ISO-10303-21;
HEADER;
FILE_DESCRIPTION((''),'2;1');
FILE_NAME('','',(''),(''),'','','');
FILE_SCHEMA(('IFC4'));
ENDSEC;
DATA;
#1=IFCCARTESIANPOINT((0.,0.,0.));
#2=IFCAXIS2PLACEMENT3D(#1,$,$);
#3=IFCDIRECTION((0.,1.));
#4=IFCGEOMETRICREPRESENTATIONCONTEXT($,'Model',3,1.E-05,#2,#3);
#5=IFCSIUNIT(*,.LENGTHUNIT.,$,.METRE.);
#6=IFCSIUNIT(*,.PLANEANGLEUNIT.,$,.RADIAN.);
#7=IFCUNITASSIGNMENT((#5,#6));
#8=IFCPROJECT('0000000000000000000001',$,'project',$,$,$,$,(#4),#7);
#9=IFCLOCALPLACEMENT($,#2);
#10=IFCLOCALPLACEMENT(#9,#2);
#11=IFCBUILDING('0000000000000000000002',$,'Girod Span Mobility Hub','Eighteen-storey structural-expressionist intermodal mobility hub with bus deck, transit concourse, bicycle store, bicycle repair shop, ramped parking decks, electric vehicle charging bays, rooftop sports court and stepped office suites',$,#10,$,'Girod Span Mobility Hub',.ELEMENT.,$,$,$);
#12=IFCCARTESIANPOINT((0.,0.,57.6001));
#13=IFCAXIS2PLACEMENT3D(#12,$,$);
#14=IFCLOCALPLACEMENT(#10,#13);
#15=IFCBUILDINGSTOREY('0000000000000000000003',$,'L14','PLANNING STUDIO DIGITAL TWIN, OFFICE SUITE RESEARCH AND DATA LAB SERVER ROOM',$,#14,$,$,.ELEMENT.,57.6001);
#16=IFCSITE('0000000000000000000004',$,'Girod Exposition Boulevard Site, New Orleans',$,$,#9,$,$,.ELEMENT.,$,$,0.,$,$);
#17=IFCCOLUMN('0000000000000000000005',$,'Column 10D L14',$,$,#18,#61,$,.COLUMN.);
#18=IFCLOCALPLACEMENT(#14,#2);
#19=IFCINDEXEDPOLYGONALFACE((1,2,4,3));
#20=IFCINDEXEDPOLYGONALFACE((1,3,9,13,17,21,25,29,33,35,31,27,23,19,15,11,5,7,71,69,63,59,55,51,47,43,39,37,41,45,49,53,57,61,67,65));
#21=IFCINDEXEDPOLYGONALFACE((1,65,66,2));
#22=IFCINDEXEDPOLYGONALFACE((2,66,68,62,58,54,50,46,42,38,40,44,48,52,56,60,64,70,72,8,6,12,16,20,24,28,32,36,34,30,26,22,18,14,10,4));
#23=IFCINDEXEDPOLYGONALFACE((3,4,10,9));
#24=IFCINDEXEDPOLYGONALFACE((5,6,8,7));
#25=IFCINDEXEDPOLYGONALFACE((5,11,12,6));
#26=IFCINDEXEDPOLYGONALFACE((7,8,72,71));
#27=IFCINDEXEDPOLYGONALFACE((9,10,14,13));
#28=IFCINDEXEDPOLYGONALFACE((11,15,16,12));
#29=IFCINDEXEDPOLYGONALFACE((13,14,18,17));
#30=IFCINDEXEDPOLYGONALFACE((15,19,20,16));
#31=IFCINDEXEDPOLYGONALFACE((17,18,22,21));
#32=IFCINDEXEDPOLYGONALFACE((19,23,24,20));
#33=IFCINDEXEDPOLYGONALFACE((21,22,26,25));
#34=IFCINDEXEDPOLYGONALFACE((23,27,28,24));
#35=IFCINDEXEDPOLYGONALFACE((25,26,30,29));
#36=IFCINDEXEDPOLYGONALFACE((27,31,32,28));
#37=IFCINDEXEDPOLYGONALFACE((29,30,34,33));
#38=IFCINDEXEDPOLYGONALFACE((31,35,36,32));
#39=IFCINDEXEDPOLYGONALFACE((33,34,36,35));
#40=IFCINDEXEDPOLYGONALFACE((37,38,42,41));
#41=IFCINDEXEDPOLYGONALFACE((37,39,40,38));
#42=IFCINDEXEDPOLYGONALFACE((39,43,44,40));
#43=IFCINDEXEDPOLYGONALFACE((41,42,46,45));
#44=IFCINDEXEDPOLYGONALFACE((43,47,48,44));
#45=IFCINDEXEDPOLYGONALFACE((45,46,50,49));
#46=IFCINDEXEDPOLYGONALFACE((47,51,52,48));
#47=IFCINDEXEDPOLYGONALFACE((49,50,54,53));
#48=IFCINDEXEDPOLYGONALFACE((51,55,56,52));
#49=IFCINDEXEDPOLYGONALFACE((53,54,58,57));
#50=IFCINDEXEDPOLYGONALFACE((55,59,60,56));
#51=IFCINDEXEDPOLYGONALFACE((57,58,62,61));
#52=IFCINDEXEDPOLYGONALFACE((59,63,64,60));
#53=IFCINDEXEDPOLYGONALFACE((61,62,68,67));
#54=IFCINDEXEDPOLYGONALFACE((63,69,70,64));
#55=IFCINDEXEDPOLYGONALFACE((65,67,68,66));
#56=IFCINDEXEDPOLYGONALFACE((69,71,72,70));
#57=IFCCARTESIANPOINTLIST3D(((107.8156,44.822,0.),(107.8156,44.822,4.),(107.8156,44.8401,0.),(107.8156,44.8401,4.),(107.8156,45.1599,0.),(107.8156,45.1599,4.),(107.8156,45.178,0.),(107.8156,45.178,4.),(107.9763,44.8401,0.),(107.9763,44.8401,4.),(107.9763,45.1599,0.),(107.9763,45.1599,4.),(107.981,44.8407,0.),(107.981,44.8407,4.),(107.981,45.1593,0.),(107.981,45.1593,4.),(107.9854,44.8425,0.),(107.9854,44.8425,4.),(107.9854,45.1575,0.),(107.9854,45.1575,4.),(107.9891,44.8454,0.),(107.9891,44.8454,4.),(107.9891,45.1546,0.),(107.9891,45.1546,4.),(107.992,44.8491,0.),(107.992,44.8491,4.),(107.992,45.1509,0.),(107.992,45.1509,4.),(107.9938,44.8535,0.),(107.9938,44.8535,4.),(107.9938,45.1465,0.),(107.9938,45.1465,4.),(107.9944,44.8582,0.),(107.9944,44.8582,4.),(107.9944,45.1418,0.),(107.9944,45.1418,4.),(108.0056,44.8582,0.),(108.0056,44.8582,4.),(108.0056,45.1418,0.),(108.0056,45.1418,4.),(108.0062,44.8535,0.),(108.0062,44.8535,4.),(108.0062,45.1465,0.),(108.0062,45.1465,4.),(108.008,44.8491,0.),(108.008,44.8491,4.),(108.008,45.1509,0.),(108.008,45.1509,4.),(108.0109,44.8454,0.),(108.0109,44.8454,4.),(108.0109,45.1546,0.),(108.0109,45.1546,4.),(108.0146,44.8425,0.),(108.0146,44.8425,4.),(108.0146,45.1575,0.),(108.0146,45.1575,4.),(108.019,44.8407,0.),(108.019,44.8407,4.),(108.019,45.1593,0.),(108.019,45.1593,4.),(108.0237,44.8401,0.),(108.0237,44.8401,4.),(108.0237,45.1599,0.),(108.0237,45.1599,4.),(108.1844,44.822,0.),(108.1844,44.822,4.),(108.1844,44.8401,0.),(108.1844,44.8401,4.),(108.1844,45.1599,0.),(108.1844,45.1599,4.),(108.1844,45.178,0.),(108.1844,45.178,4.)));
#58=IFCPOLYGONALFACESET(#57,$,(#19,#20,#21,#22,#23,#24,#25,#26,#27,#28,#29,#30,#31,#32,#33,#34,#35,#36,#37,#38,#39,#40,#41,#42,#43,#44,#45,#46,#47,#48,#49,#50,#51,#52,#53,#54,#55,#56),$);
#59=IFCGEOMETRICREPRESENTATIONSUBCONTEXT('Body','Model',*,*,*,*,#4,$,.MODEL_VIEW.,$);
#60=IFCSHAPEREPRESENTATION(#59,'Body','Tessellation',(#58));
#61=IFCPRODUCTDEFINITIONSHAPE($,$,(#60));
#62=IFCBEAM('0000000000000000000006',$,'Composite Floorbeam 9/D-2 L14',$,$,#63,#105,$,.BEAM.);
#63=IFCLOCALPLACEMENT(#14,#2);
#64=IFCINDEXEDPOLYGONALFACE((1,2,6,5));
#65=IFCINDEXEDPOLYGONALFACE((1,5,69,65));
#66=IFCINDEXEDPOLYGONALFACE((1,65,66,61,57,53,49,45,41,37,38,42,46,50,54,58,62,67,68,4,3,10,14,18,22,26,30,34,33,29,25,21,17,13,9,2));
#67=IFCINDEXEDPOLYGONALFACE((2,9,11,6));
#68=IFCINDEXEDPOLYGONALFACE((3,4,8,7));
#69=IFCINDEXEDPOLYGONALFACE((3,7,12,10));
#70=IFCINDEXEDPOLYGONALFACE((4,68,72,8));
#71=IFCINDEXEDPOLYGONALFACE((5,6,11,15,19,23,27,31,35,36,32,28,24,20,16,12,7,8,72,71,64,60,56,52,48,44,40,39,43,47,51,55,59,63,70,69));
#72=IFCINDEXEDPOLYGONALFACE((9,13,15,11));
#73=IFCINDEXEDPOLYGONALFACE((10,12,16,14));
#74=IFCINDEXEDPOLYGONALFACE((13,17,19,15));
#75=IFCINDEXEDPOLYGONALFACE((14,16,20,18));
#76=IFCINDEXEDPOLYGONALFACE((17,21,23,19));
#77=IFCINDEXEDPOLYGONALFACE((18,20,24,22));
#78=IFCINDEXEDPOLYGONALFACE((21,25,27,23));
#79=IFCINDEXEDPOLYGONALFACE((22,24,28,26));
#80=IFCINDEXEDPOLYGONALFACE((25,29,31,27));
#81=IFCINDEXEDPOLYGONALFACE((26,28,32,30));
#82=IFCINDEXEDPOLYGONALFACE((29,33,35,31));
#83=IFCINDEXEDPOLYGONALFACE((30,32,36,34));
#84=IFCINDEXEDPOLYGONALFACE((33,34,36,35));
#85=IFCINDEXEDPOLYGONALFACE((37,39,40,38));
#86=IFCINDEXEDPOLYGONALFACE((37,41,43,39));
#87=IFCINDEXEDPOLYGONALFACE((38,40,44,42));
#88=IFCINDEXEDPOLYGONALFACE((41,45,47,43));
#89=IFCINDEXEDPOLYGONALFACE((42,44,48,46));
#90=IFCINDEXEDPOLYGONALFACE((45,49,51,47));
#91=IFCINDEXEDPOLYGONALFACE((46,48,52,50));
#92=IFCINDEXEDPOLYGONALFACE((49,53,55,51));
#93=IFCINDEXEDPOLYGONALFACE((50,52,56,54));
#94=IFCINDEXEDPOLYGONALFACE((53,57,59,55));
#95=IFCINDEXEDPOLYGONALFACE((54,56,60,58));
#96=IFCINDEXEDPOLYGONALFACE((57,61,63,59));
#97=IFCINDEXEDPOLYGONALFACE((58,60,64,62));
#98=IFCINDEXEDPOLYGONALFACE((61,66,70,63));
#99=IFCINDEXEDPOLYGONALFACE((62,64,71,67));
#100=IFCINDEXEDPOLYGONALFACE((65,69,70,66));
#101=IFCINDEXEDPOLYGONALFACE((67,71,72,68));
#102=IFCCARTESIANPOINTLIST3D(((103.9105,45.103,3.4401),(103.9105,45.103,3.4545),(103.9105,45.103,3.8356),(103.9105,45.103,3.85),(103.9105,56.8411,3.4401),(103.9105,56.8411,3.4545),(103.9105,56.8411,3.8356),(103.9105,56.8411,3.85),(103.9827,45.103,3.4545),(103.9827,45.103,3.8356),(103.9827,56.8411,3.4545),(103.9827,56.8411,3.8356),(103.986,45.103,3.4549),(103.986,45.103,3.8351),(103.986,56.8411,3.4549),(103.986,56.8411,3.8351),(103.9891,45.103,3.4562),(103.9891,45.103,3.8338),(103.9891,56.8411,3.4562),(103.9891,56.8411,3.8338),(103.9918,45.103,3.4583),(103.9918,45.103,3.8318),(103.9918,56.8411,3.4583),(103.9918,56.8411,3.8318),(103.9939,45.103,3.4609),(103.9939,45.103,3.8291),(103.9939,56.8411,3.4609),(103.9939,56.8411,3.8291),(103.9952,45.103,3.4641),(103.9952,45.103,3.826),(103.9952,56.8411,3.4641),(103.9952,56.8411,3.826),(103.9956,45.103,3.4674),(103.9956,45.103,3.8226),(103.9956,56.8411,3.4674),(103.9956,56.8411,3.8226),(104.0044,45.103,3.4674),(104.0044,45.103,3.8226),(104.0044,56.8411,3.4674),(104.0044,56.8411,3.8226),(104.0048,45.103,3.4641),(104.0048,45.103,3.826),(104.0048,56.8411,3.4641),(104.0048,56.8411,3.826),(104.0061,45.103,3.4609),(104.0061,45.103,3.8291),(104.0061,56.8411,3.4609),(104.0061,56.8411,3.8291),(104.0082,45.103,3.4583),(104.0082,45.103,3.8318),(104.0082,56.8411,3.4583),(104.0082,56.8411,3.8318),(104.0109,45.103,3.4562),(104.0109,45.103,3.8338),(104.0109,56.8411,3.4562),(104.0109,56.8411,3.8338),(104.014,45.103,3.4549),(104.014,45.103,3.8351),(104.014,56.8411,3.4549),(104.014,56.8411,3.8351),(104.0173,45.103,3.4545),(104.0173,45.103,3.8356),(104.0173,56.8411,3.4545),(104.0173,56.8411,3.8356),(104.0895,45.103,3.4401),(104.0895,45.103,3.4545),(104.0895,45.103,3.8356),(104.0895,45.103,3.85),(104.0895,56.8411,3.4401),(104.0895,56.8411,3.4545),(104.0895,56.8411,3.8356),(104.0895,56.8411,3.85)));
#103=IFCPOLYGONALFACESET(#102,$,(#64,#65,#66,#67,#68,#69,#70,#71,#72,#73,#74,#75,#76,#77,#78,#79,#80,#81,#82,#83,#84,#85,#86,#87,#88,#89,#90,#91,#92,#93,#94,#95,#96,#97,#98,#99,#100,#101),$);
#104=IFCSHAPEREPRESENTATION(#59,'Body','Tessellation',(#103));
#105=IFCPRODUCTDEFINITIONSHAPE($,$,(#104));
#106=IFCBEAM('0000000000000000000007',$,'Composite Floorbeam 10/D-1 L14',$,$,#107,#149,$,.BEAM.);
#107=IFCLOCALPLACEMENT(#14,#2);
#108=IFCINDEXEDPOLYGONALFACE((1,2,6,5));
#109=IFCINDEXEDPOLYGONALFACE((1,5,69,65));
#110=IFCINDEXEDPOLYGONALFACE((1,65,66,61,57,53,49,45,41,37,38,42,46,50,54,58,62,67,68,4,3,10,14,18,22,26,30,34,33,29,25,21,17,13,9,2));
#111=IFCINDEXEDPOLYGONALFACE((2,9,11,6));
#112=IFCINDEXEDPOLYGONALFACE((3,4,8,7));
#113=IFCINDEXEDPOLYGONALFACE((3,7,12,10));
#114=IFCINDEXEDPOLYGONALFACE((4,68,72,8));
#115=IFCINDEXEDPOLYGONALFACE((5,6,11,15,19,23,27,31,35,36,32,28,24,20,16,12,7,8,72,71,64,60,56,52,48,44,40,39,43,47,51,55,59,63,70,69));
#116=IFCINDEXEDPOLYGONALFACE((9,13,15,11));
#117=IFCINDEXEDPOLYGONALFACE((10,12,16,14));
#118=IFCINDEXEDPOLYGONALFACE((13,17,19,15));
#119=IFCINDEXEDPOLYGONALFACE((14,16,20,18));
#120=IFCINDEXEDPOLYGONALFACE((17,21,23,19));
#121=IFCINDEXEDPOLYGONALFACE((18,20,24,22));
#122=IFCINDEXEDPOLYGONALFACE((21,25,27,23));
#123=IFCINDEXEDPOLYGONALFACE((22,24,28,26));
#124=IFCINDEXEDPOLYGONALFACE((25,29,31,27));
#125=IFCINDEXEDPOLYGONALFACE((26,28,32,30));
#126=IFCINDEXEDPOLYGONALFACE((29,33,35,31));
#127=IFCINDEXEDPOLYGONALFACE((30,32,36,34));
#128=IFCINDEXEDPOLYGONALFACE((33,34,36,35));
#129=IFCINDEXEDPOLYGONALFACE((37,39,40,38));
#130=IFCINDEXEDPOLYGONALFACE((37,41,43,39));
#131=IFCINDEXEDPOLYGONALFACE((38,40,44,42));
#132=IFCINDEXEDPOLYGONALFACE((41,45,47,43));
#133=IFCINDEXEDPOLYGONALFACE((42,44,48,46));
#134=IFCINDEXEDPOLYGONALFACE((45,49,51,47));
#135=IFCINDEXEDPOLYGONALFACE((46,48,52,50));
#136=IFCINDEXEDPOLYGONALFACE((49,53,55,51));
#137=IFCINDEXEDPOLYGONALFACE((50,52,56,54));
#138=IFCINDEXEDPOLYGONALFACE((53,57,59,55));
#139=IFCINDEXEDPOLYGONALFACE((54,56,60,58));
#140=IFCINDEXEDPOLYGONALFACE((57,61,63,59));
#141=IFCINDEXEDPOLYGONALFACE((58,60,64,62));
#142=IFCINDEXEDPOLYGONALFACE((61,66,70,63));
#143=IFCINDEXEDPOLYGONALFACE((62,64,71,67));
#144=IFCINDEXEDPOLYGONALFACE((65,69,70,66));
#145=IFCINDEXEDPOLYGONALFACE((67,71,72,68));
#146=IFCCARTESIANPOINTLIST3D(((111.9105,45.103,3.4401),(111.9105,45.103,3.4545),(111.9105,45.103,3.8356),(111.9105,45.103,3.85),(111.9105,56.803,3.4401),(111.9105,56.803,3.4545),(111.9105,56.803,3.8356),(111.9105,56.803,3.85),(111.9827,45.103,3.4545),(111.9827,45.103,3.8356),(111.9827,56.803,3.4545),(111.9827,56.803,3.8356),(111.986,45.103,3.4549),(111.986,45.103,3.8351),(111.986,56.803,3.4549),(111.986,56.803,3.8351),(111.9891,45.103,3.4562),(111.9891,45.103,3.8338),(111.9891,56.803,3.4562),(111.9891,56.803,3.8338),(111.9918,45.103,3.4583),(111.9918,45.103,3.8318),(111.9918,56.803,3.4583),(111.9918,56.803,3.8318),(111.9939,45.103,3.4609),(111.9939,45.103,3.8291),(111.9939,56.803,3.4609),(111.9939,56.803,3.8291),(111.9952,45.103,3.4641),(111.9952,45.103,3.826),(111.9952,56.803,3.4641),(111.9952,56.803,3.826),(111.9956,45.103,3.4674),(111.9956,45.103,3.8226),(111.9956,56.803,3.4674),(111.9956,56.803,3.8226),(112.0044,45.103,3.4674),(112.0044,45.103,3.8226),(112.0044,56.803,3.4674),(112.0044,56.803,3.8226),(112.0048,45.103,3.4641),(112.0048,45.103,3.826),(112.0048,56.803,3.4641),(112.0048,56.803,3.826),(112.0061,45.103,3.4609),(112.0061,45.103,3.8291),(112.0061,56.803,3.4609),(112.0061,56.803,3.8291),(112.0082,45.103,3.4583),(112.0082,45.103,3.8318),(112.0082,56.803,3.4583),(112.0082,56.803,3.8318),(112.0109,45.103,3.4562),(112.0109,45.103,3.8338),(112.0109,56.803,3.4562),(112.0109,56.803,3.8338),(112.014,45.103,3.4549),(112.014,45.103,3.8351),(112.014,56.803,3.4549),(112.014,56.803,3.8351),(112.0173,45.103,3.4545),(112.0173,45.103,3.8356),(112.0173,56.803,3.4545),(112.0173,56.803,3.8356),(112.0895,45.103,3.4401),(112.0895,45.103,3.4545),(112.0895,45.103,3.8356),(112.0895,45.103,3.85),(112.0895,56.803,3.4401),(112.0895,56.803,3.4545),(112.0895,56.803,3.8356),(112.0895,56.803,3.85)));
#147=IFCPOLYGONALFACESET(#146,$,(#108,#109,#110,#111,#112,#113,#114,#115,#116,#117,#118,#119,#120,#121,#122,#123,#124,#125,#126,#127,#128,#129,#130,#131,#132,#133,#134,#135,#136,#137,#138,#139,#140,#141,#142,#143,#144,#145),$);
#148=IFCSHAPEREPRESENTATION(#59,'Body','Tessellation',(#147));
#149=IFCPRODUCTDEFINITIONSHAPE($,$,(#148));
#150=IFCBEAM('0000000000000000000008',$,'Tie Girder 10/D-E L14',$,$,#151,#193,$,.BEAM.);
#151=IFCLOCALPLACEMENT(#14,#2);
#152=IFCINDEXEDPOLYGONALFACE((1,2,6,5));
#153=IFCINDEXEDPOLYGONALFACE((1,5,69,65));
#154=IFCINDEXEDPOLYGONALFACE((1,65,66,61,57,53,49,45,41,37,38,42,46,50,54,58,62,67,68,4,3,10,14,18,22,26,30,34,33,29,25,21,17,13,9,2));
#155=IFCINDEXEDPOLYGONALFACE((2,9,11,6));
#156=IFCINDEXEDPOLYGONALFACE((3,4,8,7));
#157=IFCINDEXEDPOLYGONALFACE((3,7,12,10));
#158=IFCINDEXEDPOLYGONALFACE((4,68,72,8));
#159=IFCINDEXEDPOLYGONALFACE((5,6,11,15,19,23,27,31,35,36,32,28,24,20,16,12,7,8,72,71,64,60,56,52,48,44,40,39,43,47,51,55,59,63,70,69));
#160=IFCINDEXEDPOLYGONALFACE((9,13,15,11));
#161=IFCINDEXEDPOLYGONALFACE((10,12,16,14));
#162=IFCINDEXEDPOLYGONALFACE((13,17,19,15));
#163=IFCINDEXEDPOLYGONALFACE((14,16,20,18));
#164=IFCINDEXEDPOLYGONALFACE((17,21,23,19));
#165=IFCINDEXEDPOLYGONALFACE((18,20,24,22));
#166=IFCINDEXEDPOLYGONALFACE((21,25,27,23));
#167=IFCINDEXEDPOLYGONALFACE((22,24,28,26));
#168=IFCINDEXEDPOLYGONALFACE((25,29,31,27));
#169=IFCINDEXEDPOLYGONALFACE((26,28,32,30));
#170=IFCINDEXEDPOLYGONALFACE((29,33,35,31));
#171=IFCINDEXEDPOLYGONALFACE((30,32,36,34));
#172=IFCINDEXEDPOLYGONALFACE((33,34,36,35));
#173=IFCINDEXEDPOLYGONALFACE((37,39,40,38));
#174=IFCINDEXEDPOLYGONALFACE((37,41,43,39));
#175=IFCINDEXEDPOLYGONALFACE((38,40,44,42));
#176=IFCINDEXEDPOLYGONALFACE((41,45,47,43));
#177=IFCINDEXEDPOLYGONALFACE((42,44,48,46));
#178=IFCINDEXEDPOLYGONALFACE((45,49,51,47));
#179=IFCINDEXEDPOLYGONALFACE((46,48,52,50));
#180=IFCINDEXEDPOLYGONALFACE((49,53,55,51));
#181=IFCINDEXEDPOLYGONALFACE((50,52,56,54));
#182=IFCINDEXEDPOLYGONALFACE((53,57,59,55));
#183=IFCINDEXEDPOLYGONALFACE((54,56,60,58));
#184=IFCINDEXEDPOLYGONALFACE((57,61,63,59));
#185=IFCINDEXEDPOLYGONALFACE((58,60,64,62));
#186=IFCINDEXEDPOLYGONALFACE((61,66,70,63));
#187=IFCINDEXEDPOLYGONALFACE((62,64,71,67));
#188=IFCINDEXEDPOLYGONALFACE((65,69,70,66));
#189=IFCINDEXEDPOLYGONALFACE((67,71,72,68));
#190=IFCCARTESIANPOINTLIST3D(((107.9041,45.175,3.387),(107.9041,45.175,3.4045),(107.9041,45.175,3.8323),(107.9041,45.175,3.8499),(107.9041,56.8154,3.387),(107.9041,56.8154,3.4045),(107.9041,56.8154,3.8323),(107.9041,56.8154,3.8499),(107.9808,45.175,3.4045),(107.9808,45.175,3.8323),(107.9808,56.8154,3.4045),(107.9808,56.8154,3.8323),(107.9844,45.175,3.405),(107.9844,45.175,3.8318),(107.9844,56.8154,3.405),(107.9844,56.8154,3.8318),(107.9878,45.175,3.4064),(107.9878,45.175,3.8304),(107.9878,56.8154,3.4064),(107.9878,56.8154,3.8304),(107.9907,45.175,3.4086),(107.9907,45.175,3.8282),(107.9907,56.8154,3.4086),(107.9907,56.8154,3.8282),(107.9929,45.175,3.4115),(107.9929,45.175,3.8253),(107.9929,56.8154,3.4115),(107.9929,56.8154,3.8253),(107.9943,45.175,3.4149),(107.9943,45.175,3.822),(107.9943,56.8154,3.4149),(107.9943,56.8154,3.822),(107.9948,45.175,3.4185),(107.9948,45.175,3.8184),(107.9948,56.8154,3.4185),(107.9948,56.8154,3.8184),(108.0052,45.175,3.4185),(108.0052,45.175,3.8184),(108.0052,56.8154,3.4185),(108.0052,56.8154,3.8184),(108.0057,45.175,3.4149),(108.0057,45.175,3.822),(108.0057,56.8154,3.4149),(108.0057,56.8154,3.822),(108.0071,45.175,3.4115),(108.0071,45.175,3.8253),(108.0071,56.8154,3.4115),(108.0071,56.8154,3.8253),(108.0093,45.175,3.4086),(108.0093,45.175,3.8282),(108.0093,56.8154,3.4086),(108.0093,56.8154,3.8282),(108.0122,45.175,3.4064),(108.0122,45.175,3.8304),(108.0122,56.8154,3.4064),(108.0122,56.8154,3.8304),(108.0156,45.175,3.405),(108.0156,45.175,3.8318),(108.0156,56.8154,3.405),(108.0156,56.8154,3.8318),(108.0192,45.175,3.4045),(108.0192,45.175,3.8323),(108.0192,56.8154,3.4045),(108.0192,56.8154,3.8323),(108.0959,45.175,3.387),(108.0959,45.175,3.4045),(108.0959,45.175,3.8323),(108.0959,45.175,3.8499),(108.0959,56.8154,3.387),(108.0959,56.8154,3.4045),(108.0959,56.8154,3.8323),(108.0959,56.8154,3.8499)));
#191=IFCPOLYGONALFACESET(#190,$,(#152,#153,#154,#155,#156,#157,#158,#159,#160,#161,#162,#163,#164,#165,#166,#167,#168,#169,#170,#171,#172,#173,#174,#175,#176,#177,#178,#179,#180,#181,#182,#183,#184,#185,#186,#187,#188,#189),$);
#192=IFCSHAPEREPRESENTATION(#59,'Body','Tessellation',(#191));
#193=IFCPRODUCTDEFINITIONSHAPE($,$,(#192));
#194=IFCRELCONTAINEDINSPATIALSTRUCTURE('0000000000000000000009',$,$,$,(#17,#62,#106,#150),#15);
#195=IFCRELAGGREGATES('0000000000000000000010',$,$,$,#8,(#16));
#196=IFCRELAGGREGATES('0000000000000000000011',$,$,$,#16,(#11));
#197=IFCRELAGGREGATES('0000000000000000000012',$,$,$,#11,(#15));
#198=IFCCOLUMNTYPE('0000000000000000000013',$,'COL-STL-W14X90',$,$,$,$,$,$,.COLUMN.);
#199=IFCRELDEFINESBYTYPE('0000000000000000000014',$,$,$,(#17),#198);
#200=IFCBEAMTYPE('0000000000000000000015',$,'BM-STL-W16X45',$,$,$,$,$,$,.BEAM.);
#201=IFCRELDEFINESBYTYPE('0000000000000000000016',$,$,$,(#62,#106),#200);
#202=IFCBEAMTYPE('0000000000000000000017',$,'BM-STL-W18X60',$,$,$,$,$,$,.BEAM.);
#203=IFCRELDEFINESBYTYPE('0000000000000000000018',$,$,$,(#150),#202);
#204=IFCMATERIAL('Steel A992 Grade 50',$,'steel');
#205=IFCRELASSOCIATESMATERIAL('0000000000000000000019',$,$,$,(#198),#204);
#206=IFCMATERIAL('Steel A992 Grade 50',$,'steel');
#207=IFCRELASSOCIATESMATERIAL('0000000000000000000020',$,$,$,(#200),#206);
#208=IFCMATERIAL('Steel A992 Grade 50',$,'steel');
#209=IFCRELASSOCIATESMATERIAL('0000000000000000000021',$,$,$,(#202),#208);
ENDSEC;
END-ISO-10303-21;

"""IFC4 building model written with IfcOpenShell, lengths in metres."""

from ifc_helpers import new_model, si_unit, direction, frame, origin, origin_2d, place, context, subcontext, project, spatial, i_section, extrude, material, material_profile, profile_set, type_object, element, save


model = new_model("IFC4")

# Units and contexts
model_context = context("Model", 3, precision=1e-05, world=origin(), true_north=direction((0.0, 1.0)))
body_context = subcontext(model_context, "Body", "Model", "MODEL_VIEW")
ifc_project = project(units=[si_unit("LENGTHUNIT", "METRE"), si_unit("PLANEANGLEUNIT", "RADIAN")], contexts=[model_context])

# Site, building, storey
site_placement = place(None, origin())
site = spatial("IfcSite", under=ifc_project, at=site_placement, Name="Girod Exposition Boulevard Site, New Orleans", CompositionType="ELEMENT", RefElevation=0.0)
building_placement = place(site_placement, origin())
building = spatial("IfcBuilding", under=site, at=building_placement, Name="Girod Span Mobility Hub", Description="Eighteen-storey structural-expressionist intermodal mobility hub with bus deck, transit concourse, bicycle store, bicycle repair shop, ramped parking decks, electric vehicle charging bays, rooftop sports court and stepped office suites", LongName="Girod Span Mobility Hub", CompositionType="ELEMENT")
storey_placement = place(building_placement, frame((0.0, 0.0, 57.6001)))
storey = spatial("IfcBuildingStorey", under=building, at=storey_placement, Name="L14", Description="PLANNING STUDIO DIGITAL TWIN, OFFICE SUITE RESEARCH AND DATA LAB SERVER ROOM", CompositionType="ELEMENT", Elevation=57.6001)

# Column
ifc_material_1 = material(Name="Steel A992 Grade 50", Category="steel")
ifc_material_profile_1 = material_profile(ifc_material_1, i_section(OverallWidth=0.3689, OverallDepth=0.356, WebThickness=0.0112, FlangeThickness=0.0181, FilletRadius=0.0181, at=origin_2d()), Name="W14X90")
ifc_profile_set_1 = profile_set([ifc_material_profile_1], Name="Steel A992 Grade 50")
column_type = type_object("IfcColumnType", Name="COL-STL-W14X90", PredefinedType="COLUMN", material=ifc_profile_set_1)
column_placement = place(storey_placement, frame((108.0, 45.0, 0.0), z_axis=(0.0, 0.0, 1.0), x_axis=(1.0, 0.0, 0.0)))
element("IfcColumn", 1, at=column_placement, inside=storey, type_object=column_type, Name="Column 10D L14", PredefinedType="COLUMN", context=body_context, shape_type="SweptSolid", body=[
    extrude(i_section(OverallWidth=0.3689, OverallDepth=0.356, WebThickness=0.0112, FlangeThickness=0.0181, FilletRadius=0.0181, at=origin_2d()), origin(), (0.0, 0.0, 1.0), 4.0),
])

# Beams
ifc_material_2 = material(Name="Steel A992 Grade 50", Category="steel")
ifc_material_profile_2 = material_profile(ifc_material_2, i_section(OverallWidth=0.179, OverallDepth=0.4099, WebThickness=0.0088, FlangeThickness=0.0144, FilletRadius=0.0129, at=origin_2d()), Name="W16X45")
ifc_profile_set_2 = profile_set([ifc_material_profile_2], Name="Steel A992 Grade 50")
beam_type_1 = type_object("IfcBeamType", Name="BM-STL-W16X45", PredefinedType="BEAM", material=ifc_profile_set_2)
beam_1_placement = place(storey_placement, frame((104.0, 45.103, 3.645), z_axis=(0.0, 1.0, 0.0), x_axis=(-1.0, 0.0, 0.0)))
element("IfcBeam", 2, at=beam_1_placement, inside=storey, type_object=beam_type_1, Name="Composite Floorbeam 9/D-2 L14", PredefinedType="BEAM", context=body_context, shape_type="SweptSolid", body=[
    extrude(i_section(OverallWidth=0.179, OverallDepth=0.4099, WebThickness=0.0088, FlangeThickness=0.0144, FilletRadius=0.0129, at=origin_2d()), origin(), (0.0, 0.0, 1.0), 11.738),
])
beam_2_placement = place(storey_placement, frame((112.0, 45.103, 3.645), z_axis=(0.0, 1.0, 0.0), x_axis=(-1.0, 0.0, 0.0)))
element("IfcBeam", 3, at=beam_2_placement, inside=storey, type_object=beam_type_1, Name="Composite Floorbeam 10/D-1 L14", PredefinedType="BEAM", context=body_context, shape_type="SweptSolid", body=[
    extrude(i_section(OverallWidth=0.179, OverallDepth=0.4099, WebThickness=0.0088, FlangeThickness=0.0144, FilletRadius=0.0129, at=origin_2d()), origin(), (0.0, 0.0, 1.0), 11.7),
])
ifc_material_3 = material(Name="Steel A992 Grade 50", Category="steel")
ifc_material_profile_3 = material_profile(ifc_material_3, i_section(OverallWidth=0.1919, OverallDepth=0.4629, WebThickness=0.0105, FlangeThickness=0.0176, FilletRadius=0.0139, at=origin_2d()), Name="W18X60")
ifc_profile_set_3 = profile_set([ifc_material_profile_3], Name="Steel A992 Grade 50")
beam_type_2 = type_object("IfcBeamType", Name="BM-STL-W18X60", PredefinedType="BEAM", material=ifc_profile_set_3)
beam_3_placement = place(storey_placement, frame((108.0, 45.175, 3.6184), z_axis=(0.0, 1.0, 0.0), x_axis=(-1.0, 0.0, 0.0)))
element("IfcBeam", 4, at=beam_3_placement, inside=storey, type_object=beam_type_2, Name="Tie Girder 10/D-E L14", PredefinedType="BEAM", context=body_context, shape_type="SweptSolid", body=[
    extrude(i_section(OverallWidth=0.1919, OverallDepth=0.4629, WebThickness=0.0105, FlangeThickness=0.0176, FilletRadius=0.0139, at=origin_2d()), origin(), (0.0, 0.0, 1.0), 11.6404),
])

save(model, "model.ifc")
